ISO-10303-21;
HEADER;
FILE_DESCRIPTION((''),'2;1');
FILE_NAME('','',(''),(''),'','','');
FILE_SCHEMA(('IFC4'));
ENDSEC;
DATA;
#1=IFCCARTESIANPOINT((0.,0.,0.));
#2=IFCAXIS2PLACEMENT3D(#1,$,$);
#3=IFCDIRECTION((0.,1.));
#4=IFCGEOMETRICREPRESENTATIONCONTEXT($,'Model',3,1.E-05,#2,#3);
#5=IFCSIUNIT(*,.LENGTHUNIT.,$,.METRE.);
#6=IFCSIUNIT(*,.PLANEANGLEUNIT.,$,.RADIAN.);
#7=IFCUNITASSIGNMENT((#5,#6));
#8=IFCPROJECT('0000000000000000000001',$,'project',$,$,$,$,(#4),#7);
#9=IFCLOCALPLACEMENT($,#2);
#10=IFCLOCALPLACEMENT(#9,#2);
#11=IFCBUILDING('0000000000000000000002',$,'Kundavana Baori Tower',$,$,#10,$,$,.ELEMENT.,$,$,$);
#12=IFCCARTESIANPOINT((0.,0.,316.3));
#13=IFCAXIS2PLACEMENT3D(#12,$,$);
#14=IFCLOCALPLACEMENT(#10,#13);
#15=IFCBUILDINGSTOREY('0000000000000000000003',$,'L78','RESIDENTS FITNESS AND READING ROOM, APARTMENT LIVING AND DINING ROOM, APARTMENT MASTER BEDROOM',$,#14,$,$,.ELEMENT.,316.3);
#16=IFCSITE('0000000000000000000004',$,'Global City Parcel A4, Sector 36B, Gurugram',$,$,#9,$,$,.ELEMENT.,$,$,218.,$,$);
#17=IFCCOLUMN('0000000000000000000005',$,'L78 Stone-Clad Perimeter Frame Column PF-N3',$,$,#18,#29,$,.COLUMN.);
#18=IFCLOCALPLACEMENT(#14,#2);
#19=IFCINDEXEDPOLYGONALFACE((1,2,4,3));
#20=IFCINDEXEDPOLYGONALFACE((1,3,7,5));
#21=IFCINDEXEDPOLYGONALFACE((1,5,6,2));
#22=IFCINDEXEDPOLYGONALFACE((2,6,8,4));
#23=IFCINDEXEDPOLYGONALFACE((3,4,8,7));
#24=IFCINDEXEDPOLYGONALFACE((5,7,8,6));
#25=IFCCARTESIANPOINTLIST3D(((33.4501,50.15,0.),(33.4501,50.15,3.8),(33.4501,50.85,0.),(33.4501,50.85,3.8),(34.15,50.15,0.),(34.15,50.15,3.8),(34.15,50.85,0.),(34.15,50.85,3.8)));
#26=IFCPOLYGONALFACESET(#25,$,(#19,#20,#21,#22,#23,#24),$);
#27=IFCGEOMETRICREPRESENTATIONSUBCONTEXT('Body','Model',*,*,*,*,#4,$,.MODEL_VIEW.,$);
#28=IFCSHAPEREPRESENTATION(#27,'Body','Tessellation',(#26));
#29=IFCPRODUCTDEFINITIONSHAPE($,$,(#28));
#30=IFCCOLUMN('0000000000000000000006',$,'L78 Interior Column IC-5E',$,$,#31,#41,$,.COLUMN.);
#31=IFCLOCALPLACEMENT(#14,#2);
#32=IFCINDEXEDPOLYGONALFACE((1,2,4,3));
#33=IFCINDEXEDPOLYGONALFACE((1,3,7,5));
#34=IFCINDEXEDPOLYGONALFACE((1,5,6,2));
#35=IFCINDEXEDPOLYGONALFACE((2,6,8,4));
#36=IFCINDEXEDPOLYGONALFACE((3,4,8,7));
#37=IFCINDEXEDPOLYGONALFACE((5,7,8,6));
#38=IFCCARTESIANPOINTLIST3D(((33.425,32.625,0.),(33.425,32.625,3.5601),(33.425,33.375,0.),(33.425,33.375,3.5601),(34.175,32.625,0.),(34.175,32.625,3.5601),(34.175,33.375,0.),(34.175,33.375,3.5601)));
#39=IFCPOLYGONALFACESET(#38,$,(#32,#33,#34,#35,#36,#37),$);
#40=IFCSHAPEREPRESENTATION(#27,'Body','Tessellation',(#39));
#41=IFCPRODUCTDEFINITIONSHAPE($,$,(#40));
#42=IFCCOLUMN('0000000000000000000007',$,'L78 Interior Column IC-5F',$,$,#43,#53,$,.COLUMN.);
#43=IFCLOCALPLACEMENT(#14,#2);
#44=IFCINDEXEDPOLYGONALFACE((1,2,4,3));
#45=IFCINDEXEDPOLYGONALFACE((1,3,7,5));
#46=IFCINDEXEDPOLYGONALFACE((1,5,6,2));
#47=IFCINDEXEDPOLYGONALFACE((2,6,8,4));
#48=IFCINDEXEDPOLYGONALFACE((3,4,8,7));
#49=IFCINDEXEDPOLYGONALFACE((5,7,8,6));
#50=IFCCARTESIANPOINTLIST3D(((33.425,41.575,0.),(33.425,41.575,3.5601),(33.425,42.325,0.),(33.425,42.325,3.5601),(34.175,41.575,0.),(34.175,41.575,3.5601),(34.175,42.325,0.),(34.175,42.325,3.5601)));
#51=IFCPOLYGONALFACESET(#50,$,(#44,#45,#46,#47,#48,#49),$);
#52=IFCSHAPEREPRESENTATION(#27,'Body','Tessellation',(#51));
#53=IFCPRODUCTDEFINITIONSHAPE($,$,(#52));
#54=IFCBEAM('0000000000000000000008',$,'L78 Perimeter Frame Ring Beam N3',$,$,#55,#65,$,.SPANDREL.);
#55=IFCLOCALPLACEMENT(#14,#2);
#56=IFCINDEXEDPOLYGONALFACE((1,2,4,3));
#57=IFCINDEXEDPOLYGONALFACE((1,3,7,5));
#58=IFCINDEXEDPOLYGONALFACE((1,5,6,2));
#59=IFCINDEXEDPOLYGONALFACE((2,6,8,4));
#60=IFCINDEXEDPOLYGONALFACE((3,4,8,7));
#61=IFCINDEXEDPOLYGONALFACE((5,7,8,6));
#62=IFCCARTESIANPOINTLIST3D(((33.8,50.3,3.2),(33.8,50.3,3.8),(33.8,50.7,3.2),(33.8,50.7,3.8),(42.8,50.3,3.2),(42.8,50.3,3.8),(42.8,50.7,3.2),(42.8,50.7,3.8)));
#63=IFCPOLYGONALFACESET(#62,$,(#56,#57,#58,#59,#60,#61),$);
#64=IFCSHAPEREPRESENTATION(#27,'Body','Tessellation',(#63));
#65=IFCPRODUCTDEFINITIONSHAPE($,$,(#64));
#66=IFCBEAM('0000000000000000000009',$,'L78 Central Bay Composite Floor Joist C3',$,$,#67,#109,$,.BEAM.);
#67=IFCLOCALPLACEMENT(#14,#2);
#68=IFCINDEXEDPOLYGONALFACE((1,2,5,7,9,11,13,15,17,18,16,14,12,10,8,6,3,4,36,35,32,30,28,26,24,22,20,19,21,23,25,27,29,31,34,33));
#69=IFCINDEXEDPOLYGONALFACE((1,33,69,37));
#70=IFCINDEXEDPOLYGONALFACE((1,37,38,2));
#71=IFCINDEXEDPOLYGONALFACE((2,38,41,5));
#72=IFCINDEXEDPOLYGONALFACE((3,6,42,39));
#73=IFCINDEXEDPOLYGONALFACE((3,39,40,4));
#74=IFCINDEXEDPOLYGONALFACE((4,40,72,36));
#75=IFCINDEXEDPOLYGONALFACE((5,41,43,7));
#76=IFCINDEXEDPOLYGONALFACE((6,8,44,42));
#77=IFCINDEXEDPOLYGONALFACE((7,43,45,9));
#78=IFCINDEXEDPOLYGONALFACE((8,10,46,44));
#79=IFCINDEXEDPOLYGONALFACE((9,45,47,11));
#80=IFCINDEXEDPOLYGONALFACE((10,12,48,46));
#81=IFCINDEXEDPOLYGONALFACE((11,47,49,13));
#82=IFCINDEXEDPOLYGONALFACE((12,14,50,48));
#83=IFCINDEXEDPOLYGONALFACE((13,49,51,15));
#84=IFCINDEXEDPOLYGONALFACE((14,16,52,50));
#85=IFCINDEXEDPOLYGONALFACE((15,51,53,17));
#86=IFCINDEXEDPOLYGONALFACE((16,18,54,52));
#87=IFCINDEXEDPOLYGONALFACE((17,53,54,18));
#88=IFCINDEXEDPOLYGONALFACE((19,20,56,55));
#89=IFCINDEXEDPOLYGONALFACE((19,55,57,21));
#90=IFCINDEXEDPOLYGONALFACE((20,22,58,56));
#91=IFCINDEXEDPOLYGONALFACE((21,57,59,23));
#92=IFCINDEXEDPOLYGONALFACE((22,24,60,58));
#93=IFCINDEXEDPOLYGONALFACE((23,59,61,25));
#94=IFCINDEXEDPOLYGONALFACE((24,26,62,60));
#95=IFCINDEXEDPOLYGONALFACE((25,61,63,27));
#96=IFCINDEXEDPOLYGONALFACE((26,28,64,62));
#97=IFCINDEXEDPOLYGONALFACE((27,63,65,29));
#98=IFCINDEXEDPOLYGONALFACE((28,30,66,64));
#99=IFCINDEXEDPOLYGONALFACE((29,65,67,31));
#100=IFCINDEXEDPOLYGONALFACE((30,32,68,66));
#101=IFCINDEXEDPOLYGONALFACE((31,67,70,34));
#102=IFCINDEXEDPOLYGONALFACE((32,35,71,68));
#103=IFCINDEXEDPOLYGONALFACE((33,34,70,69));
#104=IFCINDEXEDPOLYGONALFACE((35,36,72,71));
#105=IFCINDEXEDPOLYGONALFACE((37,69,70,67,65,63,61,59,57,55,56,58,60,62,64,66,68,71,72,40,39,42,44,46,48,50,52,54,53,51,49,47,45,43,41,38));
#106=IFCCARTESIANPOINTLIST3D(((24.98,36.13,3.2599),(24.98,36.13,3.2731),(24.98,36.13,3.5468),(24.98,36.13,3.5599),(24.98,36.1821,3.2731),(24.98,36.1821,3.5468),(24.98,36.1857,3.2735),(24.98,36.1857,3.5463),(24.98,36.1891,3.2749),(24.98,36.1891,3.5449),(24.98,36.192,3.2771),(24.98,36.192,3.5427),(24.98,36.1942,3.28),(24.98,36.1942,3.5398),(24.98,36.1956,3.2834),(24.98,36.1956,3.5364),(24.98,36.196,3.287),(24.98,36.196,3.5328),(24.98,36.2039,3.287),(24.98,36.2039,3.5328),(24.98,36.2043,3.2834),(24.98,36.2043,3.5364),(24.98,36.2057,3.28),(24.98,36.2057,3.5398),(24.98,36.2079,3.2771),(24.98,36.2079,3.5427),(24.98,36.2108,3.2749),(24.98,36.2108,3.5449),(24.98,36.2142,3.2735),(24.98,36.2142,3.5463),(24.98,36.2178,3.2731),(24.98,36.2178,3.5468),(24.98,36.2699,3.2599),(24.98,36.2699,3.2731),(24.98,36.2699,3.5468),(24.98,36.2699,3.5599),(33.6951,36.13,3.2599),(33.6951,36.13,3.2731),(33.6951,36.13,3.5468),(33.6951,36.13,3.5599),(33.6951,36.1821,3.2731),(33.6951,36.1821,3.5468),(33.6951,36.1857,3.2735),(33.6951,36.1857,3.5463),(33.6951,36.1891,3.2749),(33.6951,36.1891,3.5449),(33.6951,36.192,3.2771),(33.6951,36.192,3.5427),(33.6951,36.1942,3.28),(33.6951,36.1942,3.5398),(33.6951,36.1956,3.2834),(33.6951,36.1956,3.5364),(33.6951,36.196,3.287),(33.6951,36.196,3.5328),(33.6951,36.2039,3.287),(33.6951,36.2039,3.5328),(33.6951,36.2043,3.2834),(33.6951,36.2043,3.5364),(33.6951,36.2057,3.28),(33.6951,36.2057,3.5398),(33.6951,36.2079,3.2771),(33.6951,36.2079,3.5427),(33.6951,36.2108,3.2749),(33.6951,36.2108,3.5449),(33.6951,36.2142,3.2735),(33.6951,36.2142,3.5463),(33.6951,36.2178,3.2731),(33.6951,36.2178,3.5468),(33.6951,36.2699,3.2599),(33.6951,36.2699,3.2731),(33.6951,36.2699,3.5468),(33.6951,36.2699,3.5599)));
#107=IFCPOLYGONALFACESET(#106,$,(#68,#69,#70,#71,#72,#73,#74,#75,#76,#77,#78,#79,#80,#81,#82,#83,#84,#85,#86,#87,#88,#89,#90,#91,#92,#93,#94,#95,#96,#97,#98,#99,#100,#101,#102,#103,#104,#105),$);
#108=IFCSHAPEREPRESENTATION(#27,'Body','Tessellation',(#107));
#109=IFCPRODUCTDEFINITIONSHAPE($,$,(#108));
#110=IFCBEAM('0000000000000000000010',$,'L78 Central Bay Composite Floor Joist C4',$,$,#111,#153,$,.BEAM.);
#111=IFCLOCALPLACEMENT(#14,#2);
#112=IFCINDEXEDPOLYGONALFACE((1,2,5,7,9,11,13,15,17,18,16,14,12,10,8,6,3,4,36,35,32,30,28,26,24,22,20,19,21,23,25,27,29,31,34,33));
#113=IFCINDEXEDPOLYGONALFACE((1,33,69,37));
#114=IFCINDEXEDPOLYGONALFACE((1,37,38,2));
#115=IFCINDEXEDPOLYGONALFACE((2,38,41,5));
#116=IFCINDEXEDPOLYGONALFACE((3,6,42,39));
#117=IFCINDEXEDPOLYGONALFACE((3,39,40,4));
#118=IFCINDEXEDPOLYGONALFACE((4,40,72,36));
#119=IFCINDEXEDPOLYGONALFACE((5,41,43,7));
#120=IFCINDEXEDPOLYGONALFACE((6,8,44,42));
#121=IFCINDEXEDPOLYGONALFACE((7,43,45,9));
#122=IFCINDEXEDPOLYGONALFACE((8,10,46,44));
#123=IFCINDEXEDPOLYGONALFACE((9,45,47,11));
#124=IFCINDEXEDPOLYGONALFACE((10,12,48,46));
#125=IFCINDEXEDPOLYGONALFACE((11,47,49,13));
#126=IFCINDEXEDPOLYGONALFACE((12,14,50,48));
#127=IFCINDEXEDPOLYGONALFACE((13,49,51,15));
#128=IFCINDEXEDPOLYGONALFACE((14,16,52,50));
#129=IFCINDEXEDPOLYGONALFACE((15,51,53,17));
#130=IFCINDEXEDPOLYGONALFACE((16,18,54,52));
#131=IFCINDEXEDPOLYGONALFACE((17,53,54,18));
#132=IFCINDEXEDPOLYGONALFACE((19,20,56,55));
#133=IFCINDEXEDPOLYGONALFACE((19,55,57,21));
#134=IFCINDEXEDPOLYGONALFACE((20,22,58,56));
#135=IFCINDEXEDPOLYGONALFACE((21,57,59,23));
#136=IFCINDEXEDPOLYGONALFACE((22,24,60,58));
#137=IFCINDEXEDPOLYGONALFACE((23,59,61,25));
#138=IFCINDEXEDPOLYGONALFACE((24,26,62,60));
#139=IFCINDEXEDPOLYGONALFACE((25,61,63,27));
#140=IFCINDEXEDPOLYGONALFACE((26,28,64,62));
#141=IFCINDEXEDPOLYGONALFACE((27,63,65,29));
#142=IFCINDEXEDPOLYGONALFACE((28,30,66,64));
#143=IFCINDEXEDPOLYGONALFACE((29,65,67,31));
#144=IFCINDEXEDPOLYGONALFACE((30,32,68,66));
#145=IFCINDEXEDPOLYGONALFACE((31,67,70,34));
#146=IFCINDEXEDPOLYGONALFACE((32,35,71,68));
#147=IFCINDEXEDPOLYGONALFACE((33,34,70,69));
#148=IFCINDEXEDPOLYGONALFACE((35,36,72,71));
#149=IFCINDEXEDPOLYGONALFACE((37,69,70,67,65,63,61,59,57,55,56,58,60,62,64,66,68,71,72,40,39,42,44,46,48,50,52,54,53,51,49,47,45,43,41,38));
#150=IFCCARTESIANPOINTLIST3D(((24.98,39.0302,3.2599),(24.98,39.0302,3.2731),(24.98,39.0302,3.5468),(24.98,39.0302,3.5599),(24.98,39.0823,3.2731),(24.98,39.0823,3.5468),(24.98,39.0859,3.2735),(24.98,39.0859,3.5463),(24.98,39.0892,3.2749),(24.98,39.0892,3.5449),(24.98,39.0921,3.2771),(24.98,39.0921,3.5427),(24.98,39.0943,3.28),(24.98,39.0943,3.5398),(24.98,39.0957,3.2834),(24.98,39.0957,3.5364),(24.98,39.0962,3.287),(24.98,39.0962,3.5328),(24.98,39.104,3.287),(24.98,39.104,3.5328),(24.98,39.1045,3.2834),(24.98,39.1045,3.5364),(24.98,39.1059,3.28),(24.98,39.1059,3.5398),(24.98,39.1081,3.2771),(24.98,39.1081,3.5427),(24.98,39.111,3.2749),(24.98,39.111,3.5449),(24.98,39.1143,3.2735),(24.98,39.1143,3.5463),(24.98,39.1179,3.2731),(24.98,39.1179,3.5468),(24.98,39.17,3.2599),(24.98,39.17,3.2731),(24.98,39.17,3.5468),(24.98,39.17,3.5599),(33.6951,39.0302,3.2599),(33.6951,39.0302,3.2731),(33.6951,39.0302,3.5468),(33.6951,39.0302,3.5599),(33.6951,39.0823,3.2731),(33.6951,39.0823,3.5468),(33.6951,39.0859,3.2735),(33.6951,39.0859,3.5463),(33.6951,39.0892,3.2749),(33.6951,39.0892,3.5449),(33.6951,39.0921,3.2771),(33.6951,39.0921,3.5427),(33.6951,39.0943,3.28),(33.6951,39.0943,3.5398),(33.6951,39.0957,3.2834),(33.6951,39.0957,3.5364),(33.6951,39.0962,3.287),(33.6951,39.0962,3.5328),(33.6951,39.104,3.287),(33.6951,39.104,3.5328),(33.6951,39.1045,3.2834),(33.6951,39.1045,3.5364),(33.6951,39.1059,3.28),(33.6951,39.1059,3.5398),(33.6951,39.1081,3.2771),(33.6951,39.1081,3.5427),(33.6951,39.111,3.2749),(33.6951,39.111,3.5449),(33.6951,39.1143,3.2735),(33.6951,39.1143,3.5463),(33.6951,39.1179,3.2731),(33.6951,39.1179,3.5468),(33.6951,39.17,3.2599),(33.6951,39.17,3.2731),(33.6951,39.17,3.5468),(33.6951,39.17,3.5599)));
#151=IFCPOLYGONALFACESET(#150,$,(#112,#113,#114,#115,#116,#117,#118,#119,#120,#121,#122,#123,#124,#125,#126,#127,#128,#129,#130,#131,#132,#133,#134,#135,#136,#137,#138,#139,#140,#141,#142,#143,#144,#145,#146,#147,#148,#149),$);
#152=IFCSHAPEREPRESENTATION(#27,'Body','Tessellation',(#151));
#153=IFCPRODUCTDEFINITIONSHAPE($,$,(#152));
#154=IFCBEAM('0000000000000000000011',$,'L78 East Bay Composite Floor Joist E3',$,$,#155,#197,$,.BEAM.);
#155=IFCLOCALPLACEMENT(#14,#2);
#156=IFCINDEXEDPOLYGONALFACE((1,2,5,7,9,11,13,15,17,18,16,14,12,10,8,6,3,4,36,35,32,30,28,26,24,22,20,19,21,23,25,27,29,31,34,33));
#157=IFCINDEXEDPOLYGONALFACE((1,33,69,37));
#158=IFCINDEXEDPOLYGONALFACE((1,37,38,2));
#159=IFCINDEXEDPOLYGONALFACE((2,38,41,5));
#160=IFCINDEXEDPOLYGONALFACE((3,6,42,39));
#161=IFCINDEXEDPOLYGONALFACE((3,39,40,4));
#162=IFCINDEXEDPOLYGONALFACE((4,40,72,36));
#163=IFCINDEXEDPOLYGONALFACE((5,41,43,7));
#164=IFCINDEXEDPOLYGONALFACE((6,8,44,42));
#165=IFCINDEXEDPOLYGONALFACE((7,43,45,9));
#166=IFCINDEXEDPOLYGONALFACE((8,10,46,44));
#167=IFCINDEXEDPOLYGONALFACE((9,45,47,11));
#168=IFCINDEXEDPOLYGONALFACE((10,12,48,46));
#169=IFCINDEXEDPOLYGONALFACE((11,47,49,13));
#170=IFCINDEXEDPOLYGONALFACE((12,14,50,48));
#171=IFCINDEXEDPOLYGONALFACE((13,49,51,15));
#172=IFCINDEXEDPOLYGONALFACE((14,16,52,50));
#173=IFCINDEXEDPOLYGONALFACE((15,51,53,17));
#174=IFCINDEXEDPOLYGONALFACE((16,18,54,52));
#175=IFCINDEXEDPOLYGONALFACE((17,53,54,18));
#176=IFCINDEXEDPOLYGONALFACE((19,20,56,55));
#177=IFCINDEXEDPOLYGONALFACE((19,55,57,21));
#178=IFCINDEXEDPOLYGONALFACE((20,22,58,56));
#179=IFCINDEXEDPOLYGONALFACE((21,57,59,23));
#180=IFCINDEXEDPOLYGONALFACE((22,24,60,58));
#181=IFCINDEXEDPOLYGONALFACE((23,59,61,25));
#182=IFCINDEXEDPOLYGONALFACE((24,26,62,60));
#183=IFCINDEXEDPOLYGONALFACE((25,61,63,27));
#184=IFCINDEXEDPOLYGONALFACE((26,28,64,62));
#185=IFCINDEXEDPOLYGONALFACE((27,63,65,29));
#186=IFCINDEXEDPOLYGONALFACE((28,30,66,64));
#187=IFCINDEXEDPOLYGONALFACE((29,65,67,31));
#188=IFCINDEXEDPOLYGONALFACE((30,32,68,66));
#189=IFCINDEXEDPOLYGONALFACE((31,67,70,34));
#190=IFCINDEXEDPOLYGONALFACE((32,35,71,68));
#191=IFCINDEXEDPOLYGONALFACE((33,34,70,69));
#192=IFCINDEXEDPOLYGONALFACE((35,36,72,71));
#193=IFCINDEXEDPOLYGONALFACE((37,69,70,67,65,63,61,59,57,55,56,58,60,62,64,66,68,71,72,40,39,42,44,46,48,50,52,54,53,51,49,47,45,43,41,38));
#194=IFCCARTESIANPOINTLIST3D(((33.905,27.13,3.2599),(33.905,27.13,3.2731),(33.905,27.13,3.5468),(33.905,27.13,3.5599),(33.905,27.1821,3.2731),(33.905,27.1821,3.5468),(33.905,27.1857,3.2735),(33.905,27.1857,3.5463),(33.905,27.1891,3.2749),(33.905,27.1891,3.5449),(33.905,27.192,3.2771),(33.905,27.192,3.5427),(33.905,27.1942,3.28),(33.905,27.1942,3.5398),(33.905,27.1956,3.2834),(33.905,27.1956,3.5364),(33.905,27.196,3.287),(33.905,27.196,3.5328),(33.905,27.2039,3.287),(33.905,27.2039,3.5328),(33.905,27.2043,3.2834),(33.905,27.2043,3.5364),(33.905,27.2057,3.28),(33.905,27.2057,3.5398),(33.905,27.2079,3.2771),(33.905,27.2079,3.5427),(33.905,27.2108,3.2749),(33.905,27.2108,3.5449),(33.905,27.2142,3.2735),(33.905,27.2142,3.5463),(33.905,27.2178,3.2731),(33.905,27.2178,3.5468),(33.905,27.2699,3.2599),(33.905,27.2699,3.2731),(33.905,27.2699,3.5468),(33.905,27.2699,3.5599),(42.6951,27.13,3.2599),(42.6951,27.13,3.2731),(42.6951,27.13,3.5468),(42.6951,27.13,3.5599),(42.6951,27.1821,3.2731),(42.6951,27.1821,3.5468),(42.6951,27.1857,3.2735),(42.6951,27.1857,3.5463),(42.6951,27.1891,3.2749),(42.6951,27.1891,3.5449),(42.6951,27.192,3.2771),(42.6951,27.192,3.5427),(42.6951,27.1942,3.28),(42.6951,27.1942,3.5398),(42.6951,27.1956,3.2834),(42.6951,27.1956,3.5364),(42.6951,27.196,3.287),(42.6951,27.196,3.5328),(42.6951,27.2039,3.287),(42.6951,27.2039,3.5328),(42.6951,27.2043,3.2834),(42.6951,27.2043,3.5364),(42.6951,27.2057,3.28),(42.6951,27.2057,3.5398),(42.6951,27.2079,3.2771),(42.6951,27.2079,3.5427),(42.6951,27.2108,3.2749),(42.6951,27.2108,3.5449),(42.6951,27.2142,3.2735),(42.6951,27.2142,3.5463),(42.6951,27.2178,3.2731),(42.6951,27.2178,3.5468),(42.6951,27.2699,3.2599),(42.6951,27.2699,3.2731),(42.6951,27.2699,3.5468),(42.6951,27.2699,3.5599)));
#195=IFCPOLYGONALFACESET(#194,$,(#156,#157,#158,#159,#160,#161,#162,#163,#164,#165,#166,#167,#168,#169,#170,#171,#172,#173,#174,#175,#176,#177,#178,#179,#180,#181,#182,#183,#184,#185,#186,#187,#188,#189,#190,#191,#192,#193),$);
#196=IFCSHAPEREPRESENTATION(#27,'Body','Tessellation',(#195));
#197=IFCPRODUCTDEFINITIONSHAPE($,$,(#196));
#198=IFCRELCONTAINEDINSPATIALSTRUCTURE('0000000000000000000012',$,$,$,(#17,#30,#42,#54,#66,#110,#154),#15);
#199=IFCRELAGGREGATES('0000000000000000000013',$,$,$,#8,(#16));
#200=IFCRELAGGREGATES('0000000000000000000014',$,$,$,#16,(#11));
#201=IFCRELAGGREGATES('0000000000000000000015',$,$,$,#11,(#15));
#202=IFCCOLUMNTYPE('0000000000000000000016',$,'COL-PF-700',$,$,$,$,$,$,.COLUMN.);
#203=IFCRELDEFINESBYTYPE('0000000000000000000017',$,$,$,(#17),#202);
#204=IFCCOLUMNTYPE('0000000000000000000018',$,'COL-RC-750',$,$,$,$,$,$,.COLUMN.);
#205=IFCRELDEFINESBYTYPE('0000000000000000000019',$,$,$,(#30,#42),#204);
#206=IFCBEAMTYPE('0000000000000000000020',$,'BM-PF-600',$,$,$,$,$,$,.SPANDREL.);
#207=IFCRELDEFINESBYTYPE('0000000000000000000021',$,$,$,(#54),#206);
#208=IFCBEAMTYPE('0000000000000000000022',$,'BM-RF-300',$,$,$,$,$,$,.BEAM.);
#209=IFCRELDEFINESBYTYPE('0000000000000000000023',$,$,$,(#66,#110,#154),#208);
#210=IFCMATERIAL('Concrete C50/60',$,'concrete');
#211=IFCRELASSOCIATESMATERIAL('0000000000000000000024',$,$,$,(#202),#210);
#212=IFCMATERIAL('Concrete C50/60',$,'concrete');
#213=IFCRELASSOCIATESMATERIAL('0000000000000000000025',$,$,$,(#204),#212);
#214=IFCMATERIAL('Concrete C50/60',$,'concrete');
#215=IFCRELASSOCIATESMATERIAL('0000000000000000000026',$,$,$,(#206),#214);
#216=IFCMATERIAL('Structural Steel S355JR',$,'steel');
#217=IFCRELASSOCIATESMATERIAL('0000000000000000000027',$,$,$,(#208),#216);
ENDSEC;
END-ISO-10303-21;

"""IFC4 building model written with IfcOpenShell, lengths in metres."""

from ifc_helpers import new_model, si_unit, direction, frame, origin, origin_2d, place, context, subcontext, project, spatial, rectangle, i_section, extrude, material, material_profile, profile_set, type_object, element, save


model = new_model("IFC4")

# Units and contexts
model_context = context("Model", 3, precision=1e-05, world=origin(), true_north=direction((0.0, 1.0)))
body_context = subcontext(model_context, "Body", "Model", "MODEL_VIEW")
ifc_project = project(units=[si_unit("LENGTHUNIT", "METRE"), si_unit("PLANEANGLEUNIT", "RADIAN")], contexts=[model_context])

# Site, building, storey
site_placement = place(None, origin())
site = spatial("IfcSite", under=ifc_project, at=site_placement, Name="Global City Parcel A4, Sector 36B, Gurugram", CompositionType="ELEMENT", RefElevation=218.0)
building_placement = place(site_placement, origin())
building = spatial("IfcBuilding", under=site, at=building_placement, Name="Kundavana Baori Tower", CompositionType="ELEMENT")
storey_placement = place(building_placement, frame((0.0, 0.0, 316.3)))
storey = spatial("IfcBuildingStorey", under=building, at=storey_placement, Name="L78", Description="RESIDENTS FITNESS AND READING ROOM, APARTMENT LIVING AND DINING ROOM, APARTMENT MASTER BEDROOM", CompositionType="ELEMENT", Elevation=316.3)

# Columns
ifc_material_1 = material(Name="Concrete C50/60", Category="concrete")
ifc_material_profile_1 = material_profile(ifc_material_1, rectangle(XDim=0.7, YDim=0.7, at=origin_2d()), Name="RC PF 700x700")
ifc_profile_set_1 = profile_set([ifc_material_profile_1], Name="Concrete C50/60")
column_type_1 = type_object("IfcColumnType", Name="COL-PF-700", PredefinedType="COLUMN", material=ifc_profile_set_1)
column_placement = place(storey_placement, frame((33.8, 50.5, 0.0), z_axis=(0.0, 0.0, 1.0), x_axis=(1.0, 0.0, 0.0)))
element("IfcColumn", 1, at=column_placement, inside=storey, type_object=column_type_1, Name="L78 Stone-Clad Perimeter Frame Column PF-N3", PredefinedType="COLUMN", context=body_context, shape_type="SweptSolid", body=[
    extrude(rectangle(XDim=0.7, YDim=0.7, at=origin_2d()), origin(), (0.0, 0.0, 1.0), 3.8),
])
ifc_material_2 = material(Name="Concrete C50/60", Category="concrete")
ifc_material_profile_2 = material_profile(ifc_material_2, rectangle(XDim=0.75, YDim=0.75, at=origin_2d()), Name="RC 750x750")
ifc_profile_set_2 = profile_set([ifc_material_profile_2], Name="Concrete C50/60")
column_type_2 = type_object("IfcColumnType", Name="COL-RC-750", PredefinedType="COLUMN", material=ifc_profile_set_2)
for number, where, z_axis, x_axis, name in (
    (2, (33.8, 33.0, 0.0), (0.0, 0.0, 1.0), (1.0, 0.0, 0.0), "L78 Interior Column IC-5E"),
    (3, (33.8, 41.95, 0.0), (0.0, 0.0, 1.0), (1.0, 0.0, 0.0), "L78 Interior Column IC-5F"),
):
    element("IfcColumn", number, at=place(storey_placement, frame(where, z_axis=z_axis, x_axis=x_axis)), inside=storey, type_object=column_type_2, Name=name, PredefinedType="COLUMN", context=body_context, shape_type="SweptSolid", body=[
        extrude(rectangle(XDim=0.75, YDim=0.75, at=origin_2d()), origin(), (0.0, 0.0, 1.0), 3.5601),
    ])

# Beams
ifc_material_3 = material(Name="Concrete C50/60", Category="concrete")
ifc_material_profile_3 = material_profile(ifc_material_3, rectangle(XDim=0.3999, YDim=0.6001, at=origin_2d()), Name="RC BM 400x600")
ifc_profile_set_3 = profile_set([ifc_material_profile_3], Name="Concrete C50/60")
beam_type_1 = type_object("IfcBeamType", Name="BM-PF-600", PredefinedType="SPANDREL", material=ifc_profile_set_3)
beam_1_placement = place(storey_placement, frame((33.8, 50.5, 3.5), z_axis=(1.0, 0.0, 0.0), x_axis=(0.0, 1.0, 0.0)))
element("IfcBeam", 4, at=beam_1_placement, inside=storey, type_object=beam_type_1, Name="L78 Perimeter Frame Ring Beam N3", PredefinedType="SPANDREL", context=body_context, shape_type="SweptSolid", body=[
    extrude(rectangle(XDim=0.3999, YDim=0.6001, at=origin_2d()), origin(), (0.0, 0.0, 1.0), 9.0),
])
ifc_material_4 = material(Name="Structural Steel S355JR", Category="steel")
ifc_material_profile_4 = material_profile(ifc_material_4, i_section(OverallWidth=0.1399, OverallDepth=0.3, WebThickness=0.0078, FlangeThickness=0.0132, FilletRadius=0.0139, at=origin_2d()), Name="ISMB 300")
ifc_profile_set_4 = profile_set([ifc_material_profile_4], Name="Structural Steel S355JR")
beam_type_2 = type_object("IfcBeamType", Name="BM-RF-300", PredefinedType="BEAM", material=ifc_profile_set_4)
for number, where, z_axis, x_axis, name in (
    (5, (24.98, 36.2, 3.4099), (1.0, 0.0, 0.0), (0.0, 1.0, 0.0), "L78 Central Bay Composite Floor Joist C3"),
    (6, (24.98, 39.1001, 3.4099), (1.0, 0.0, 0.0), (0.0, 1.0, 0.0), "L78 Central Bay Composite Floor Joist C4"),
):
    element("IfcBeam", number, at=place(storey_placement, frame(where, z_axis=z_axis, x_axis=x_axis)), inside=storey, type_object=beam_type_2, Name=name, PredefinedType="BEAM", context=body_context, shape_type="SweptSolid", body=[
        extrude(i_section(OverallWidth=0.1399, OverallDepth=0.3, WebThickness=0.0078, FlangeThickness=0.0132, FilletRadius=0.0139, at=origin_2d()), origin(), (0.0, 0.0, 1.0), 8.7151),
    ])
beam_2_placement = place(storey_placement, frame((33.905, 27.2, 3.4099), z_axis=(1.0, 0.0, 0.0), x_axis=(0.0, 1.0, 0.0)))
element("IfcBeam", 7, at=beam_2_placement, inside=storey, type_object=beam_type_2, Name="L78 East Bay Composite Floor Joist E3", PredefinedType="BEAM", context=body_context, shape_type="SweptSolid", body=[
    extrude(i_section(OverallWidth=0.1399, OverallDepth=0.3, WebThickness=0.0078, FlangeThickness=0.0132, FilletRadius=0.0139, at=origin_2d()), origin(), (0.0, 0.0, 1.0), 8.79),
])

save(model, "model.ifc")
